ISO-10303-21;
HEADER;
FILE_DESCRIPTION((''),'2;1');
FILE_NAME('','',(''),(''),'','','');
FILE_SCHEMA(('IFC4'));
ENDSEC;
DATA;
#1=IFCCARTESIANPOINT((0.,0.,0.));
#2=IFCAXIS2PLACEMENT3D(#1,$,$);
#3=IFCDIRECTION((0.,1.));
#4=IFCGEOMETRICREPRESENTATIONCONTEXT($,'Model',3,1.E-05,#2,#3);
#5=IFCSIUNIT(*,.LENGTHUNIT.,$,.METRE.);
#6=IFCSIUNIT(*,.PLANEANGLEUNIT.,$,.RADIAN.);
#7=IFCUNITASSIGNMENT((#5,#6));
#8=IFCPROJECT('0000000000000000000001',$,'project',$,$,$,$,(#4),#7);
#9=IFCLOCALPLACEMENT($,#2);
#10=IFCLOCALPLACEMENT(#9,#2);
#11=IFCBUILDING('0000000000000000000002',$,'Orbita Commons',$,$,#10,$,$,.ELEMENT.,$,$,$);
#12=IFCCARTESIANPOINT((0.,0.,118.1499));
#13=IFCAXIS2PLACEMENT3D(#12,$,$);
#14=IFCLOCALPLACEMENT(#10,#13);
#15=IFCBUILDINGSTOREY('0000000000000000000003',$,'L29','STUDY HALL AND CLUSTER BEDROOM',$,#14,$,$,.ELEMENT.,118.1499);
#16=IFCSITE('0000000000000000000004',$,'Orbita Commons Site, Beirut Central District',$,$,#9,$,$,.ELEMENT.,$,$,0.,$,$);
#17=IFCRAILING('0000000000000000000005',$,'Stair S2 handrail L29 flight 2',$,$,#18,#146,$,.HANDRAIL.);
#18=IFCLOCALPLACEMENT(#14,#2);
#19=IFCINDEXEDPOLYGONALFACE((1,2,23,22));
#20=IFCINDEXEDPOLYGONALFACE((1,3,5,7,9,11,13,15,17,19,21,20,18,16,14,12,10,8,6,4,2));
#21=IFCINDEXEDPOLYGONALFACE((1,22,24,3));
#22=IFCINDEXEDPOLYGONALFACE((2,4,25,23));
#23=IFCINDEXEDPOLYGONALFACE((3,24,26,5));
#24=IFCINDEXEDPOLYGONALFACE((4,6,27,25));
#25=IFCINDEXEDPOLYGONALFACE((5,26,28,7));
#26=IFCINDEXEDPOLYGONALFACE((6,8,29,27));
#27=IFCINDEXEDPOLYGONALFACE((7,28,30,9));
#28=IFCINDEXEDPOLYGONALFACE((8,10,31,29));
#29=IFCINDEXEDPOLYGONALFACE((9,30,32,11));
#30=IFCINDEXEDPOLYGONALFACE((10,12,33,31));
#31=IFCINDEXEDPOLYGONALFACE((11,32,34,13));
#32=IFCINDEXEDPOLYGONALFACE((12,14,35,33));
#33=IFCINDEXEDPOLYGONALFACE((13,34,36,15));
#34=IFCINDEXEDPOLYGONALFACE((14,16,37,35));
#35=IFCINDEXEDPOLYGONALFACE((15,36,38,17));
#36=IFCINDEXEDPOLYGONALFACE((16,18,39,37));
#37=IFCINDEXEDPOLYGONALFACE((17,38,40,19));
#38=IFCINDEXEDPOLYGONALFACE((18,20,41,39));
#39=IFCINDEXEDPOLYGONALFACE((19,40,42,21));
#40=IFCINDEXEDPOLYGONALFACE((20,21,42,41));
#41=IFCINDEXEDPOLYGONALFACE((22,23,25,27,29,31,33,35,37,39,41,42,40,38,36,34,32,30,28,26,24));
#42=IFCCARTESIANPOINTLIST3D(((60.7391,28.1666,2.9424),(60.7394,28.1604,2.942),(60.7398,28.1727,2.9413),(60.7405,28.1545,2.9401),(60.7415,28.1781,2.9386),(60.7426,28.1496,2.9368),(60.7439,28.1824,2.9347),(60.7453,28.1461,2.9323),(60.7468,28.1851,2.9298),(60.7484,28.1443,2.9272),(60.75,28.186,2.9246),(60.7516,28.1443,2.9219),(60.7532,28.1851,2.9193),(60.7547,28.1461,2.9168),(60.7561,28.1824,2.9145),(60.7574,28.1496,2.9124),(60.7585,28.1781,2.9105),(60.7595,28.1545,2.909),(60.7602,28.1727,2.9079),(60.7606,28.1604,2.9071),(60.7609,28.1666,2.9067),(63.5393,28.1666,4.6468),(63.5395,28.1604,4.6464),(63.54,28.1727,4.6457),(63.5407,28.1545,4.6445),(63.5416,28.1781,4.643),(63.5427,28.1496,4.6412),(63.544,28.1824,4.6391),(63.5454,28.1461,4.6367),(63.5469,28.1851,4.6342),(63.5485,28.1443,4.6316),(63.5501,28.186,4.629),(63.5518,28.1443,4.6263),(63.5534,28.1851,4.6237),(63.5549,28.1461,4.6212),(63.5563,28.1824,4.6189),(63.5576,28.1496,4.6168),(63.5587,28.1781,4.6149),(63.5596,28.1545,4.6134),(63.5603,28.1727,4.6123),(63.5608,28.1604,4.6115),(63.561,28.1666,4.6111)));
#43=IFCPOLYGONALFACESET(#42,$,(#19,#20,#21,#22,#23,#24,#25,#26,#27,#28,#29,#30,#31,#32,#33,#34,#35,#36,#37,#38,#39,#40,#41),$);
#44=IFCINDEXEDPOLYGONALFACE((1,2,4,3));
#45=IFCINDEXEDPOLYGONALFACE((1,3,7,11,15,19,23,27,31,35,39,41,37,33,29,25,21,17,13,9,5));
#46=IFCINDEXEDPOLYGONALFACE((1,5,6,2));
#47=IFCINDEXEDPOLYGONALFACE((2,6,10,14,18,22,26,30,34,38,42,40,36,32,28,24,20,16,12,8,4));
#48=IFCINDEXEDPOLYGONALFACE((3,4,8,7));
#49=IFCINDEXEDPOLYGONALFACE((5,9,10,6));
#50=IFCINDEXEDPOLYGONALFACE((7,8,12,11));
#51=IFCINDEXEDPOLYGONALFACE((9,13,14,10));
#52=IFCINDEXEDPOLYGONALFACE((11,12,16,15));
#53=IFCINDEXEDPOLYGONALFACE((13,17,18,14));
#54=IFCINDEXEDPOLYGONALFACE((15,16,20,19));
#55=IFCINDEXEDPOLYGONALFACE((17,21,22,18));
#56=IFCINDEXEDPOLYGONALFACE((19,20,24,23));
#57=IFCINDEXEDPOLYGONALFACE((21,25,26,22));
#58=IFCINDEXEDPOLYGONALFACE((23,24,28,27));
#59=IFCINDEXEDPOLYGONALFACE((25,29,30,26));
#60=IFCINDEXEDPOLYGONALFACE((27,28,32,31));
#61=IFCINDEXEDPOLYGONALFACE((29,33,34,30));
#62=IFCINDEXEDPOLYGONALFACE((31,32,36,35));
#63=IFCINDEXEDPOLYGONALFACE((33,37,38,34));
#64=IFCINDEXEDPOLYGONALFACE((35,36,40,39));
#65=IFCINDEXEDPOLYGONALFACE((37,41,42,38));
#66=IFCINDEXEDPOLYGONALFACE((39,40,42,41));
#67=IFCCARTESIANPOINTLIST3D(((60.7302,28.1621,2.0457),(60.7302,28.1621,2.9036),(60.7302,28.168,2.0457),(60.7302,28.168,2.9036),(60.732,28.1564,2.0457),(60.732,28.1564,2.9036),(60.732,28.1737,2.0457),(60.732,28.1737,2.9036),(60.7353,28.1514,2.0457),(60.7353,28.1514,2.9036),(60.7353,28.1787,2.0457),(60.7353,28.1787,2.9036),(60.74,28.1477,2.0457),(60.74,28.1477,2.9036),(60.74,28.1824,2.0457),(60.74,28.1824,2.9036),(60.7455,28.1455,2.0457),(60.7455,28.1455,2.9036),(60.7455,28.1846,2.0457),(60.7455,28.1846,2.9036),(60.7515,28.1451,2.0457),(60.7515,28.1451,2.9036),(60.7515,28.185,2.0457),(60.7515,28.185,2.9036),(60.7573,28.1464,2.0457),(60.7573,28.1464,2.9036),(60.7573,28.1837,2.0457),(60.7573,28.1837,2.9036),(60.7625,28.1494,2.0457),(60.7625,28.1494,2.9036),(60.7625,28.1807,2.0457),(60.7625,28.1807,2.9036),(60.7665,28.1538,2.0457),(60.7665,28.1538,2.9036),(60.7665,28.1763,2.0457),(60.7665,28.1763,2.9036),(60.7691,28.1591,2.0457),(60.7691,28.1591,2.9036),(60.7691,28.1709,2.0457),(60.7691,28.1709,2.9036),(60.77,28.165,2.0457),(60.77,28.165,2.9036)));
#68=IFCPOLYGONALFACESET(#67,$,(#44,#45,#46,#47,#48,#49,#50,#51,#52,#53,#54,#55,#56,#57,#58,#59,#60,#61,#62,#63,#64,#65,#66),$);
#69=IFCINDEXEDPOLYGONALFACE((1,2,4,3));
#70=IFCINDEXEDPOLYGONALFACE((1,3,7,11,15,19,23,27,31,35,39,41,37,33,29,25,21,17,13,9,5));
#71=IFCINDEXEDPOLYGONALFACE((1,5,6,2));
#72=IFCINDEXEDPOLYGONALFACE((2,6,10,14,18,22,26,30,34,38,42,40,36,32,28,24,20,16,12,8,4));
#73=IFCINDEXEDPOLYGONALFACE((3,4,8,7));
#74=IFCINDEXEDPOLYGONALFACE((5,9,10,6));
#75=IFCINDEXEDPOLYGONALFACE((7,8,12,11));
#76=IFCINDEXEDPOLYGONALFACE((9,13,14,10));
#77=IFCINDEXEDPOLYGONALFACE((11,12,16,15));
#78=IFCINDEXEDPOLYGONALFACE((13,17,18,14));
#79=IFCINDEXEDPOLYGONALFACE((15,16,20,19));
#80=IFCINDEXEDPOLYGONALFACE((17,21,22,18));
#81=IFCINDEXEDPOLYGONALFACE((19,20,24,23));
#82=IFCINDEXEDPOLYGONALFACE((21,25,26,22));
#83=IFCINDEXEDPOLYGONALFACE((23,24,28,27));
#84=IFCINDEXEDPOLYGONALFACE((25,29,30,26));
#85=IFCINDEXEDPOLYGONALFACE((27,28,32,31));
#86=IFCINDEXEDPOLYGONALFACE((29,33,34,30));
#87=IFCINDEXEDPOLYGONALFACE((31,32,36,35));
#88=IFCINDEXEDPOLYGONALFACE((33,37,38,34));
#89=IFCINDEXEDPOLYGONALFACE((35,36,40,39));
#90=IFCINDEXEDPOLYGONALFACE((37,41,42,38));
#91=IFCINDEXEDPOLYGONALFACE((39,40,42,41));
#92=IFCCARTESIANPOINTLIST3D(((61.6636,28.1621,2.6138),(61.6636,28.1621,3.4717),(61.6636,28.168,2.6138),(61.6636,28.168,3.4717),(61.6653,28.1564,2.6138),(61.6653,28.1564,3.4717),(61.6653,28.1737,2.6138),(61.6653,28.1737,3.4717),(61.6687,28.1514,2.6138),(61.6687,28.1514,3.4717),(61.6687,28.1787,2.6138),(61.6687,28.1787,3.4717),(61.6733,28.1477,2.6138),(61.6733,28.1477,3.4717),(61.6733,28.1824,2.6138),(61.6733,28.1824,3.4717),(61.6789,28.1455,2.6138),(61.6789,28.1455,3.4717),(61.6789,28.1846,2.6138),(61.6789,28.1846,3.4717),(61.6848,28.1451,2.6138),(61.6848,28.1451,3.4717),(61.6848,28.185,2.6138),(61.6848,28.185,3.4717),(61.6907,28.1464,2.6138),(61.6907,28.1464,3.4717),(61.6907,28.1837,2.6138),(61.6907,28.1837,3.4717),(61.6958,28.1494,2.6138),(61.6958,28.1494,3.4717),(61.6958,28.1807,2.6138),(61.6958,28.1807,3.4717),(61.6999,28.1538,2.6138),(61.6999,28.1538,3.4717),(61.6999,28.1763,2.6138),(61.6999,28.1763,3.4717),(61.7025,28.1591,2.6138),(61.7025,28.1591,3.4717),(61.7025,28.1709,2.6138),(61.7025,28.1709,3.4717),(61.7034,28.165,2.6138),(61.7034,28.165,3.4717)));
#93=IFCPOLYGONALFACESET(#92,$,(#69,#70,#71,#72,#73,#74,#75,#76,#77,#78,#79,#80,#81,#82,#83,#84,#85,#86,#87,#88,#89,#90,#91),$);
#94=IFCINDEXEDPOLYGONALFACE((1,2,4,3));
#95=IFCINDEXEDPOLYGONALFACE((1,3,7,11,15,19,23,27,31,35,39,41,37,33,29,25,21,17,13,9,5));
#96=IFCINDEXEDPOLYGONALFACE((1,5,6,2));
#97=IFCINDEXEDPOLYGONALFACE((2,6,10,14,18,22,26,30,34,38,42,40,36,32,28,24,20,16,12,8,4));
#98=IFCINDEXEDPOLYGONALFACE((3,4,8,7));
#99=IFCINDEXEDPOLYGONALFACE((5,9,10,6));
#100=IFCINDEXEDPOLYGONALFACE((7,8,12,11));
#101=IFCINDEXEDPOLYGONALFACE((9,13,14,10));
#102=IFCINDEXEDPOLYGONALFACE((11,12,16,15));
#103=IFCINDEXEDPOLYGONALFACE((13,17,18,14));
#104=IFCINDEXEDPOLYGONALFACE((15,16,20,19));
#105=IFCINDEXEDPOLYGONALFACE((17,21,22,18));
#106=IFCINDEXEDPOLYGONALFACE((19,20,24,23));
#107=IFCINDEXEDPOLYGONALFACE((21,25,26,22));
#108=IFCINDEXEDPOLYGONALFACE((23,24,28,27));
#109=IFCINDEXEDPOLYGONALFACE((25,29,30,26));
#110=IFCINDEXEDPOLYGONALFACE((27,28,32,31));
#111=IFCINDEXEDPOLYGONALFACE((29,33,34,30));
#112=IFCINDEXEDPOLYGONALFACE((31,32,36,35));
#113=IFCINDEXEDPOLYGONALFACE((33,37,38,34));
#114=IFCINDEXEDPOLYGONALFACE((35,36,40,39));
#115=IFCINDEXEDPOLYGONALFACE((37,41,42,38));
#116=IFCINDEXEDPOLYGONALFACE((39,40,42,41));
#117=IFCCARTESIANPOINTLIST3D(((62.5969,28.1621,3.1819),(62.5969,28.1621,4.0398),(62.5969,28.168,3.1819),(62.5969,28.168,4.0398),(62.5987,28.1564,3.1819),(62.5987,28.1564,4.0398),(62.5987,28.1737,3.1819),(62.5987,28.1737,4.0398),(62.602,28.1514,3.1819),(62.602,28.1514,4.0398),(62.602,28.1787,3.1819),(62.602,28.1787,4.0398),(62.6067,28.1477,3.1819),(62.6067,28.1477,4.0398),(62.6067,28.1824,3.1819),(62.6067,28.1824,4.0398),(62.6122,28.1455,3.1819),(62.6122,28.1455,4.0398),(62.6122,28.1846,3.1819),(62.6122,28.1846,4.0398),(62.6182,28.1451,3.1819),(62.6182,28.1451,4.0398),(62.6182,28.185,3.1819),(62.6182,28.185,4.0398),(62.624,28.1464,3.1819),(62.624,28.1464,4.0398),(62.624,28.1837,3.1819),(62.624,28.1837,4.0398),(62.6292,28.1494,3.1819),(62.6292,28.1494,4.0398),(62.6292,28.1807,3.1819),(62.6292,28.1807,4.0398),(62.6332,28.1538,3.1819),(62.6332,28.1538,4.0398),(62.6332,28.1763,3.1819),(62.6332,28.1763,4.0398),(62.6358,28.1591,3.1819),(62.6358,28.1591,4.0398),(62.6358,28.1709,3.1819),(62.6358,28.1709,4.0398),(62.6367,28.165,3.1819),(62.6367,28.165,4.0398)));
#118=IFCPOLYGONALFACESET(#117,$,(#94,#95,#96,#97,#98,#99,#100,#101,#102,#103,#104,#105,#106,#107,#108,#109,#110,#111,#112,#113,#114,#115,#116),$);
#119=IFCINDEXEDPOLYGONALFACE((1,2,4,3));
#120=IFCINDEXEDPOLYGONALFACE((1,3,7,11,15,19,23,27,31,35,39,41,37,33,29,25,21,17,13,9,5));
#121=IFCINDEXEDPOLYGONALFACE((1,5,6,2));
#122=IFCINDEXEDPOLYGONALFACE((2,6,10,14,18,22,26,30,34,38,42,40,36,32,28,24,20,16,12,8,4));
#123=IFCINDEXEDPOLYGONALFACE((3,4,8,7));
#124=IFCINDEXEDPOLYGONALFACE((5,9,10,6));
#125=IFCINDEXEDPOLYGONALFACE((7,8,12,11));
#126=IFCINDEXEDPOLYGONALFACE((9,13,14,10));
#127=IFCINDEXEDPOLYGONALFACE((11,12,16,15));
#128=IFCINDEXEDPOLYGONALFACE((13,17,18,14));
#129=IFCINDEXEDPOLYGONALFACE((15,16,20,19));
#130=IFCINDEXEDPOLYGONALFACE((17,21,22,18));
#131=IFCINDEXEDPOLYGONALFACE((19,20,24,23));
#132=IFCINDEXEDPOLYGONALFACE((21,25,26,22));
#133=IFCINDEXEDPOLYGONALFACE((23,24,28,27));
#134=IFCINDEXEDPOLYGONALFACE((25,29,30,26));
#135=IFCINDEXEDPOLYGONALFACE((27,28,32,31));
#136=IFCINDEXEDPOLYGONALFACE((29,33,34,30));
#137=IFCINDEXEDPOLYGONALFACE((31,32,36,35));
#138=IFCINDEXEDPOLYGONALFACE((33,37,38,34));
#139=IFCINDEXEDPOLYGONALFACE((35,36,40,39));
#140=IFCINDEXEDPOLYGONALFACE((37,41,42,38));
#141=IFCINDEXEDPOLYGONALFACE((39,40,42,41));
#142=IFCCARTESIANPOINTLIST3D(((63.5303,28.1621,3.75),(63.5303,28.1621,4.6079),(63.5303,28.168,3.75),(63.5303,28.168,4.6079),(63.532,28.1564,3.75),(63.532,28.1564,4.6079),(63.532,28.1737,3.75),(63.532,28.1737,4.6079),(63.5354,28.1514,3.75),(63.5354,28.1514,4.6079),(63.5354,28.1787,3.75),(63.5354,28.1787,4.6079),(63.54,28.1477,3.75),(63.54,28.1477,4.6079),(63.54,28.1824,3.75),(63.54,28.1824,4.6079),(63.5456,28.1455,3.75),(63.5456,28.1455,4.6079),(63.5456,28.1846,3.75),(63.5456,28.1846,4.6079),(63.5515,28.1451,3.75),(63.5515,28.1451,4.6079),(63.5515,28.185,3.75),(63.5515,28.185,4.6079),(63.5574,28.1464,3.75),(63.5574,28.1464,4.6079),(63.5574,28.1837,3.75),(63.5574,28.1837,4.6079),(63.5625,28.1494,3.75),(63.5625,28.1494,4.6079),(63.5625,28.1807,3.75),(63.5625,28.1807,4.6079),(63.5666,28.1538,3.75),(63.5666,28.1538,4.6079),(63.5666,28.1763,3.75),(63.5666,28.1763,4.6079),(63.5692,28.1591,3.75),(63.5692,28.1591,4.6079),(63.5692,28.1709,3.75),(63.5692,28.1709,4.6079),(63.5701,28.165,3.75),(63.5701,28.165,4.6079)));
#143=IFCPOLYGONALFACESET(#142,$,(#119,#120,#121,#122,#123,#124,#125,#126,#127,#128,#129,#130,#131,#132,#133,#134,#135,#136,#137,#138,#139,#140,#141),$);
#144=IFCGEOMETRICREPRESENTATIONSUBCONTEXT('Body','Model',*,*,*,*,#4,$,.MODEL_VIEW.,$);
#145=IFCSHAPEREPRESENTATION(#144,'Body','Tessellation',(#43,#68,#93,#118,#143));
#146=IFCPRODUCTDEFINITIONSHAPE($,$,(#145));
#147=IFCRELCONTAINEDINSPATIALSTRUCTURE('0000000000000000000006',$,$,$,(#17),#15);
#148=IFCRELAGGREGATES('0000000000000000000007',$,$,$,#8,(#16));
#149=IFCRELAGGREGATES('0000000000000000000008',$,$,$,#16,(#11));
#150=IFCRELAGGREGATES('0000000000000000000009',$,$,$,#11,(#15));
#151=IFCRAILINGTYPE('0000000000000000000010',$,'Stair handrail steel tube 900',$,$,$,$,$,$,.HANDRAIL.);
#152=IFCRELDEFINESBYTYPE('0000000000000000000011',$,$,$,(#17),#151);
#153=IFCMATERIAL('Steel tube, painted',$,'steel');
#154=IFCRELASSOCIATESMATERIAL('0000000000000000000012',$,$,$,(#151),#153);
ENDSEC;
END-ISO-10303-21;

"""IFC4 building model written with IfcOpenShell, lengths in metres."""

from ifc_helpers import new_model, si_unit, direction, frame, origin, origin_2d, place, context, subcontext, project, spatial, circle, extrude, material, type_object, element, save


model = new_model("IFC4")

# Units and contexts
model_context = context("Model", 3, precision=1e-05, world=origin(), true_north=direction((0.0, 1.0)))
body_context = subcontext(model_context, "Body", "Model", "MODEL_VIEW")
ifc_project = project(units=[si_unit("LENGTHUNIT", "METRE"), si_unit("PLANEANGLEUNIT", "RADIAN")], contexts=[model_context])

# Site, building, storey
site_placement = place(None, origin())
site = spatial("IfcSite", under=ifc_project, at=site_placement, Name="Orbita Commons Site, Beirut Central District", CompositionType="ELEMENT", RefElevation=0.0)
building_placement = place(site_placement, origin())
building = spatial("IfcBuilding", under=site, at=building_placement, Name="Orbita Commons", CompositionType="ELEMENT")
storey_placement = place(building_placement, frame((0.0, 0.0, 118.1499)))
storey = spatial("IfcBuildingStorey", under=building, at=storey_placement, Name="L29", Description="STUDY HALL AND CLUSTER BEDROOM", CompositionType="ELEMENT", Elevation=118.1499)

# Railing
ifc_material_1 = material(Name="Steel tube, painted", Category="steel")
railing_type = type_object("IfcRailingType", Name="Stair handrail steel tube 900", PredefinedType="HANDRAIL", material=ifc_material_1)
for number, where, name in (
    (1, (60.75, 28.165, 2.0457), "Stair S2 handrail L29 flight 2"),
):
    element("IfcRailing", number, at=place(storey_placement, frame(where)), inside=storey, type_object=railing_type, Name=name, PredefinedType="HANDRAIL", context=body_context, shape_type="SweptSolid", body=[
        extrude(circle(Radius=0.021, at=origin_2d()), frame((0.0, 0.0, 0.8789), z_axis=(0.854203, 0.0, 0.51994), x_axis=(0.0, 1.0, 0.0)), (0.0, 0.0, 1.0), 3.2781),
        extrude(circle(Radius=0.02, at=origin_2d()), origin(), (0.0, 0.0, 1.0), 0.8579),
        extrude(circle(Radius=0.02, at=origin_2d()), frame((0.9333, 0.0, 0.5681)), (0.0, 0.0, 1.0), 0.8579),
        extrude(circle(Radius=0.02, at=origin_2d()), frame((1.8667, 0.0, 1.1362)), (0.0, 0.0, 1.0), 0.8579),
        extrude(circle(Radius=0.02, at=origin_2d()), frame((2.8, 0.0, 1.7043)), (0.0, 0.0, 1.0), 0.8579),
    ])

save(model, "model.ifc")
